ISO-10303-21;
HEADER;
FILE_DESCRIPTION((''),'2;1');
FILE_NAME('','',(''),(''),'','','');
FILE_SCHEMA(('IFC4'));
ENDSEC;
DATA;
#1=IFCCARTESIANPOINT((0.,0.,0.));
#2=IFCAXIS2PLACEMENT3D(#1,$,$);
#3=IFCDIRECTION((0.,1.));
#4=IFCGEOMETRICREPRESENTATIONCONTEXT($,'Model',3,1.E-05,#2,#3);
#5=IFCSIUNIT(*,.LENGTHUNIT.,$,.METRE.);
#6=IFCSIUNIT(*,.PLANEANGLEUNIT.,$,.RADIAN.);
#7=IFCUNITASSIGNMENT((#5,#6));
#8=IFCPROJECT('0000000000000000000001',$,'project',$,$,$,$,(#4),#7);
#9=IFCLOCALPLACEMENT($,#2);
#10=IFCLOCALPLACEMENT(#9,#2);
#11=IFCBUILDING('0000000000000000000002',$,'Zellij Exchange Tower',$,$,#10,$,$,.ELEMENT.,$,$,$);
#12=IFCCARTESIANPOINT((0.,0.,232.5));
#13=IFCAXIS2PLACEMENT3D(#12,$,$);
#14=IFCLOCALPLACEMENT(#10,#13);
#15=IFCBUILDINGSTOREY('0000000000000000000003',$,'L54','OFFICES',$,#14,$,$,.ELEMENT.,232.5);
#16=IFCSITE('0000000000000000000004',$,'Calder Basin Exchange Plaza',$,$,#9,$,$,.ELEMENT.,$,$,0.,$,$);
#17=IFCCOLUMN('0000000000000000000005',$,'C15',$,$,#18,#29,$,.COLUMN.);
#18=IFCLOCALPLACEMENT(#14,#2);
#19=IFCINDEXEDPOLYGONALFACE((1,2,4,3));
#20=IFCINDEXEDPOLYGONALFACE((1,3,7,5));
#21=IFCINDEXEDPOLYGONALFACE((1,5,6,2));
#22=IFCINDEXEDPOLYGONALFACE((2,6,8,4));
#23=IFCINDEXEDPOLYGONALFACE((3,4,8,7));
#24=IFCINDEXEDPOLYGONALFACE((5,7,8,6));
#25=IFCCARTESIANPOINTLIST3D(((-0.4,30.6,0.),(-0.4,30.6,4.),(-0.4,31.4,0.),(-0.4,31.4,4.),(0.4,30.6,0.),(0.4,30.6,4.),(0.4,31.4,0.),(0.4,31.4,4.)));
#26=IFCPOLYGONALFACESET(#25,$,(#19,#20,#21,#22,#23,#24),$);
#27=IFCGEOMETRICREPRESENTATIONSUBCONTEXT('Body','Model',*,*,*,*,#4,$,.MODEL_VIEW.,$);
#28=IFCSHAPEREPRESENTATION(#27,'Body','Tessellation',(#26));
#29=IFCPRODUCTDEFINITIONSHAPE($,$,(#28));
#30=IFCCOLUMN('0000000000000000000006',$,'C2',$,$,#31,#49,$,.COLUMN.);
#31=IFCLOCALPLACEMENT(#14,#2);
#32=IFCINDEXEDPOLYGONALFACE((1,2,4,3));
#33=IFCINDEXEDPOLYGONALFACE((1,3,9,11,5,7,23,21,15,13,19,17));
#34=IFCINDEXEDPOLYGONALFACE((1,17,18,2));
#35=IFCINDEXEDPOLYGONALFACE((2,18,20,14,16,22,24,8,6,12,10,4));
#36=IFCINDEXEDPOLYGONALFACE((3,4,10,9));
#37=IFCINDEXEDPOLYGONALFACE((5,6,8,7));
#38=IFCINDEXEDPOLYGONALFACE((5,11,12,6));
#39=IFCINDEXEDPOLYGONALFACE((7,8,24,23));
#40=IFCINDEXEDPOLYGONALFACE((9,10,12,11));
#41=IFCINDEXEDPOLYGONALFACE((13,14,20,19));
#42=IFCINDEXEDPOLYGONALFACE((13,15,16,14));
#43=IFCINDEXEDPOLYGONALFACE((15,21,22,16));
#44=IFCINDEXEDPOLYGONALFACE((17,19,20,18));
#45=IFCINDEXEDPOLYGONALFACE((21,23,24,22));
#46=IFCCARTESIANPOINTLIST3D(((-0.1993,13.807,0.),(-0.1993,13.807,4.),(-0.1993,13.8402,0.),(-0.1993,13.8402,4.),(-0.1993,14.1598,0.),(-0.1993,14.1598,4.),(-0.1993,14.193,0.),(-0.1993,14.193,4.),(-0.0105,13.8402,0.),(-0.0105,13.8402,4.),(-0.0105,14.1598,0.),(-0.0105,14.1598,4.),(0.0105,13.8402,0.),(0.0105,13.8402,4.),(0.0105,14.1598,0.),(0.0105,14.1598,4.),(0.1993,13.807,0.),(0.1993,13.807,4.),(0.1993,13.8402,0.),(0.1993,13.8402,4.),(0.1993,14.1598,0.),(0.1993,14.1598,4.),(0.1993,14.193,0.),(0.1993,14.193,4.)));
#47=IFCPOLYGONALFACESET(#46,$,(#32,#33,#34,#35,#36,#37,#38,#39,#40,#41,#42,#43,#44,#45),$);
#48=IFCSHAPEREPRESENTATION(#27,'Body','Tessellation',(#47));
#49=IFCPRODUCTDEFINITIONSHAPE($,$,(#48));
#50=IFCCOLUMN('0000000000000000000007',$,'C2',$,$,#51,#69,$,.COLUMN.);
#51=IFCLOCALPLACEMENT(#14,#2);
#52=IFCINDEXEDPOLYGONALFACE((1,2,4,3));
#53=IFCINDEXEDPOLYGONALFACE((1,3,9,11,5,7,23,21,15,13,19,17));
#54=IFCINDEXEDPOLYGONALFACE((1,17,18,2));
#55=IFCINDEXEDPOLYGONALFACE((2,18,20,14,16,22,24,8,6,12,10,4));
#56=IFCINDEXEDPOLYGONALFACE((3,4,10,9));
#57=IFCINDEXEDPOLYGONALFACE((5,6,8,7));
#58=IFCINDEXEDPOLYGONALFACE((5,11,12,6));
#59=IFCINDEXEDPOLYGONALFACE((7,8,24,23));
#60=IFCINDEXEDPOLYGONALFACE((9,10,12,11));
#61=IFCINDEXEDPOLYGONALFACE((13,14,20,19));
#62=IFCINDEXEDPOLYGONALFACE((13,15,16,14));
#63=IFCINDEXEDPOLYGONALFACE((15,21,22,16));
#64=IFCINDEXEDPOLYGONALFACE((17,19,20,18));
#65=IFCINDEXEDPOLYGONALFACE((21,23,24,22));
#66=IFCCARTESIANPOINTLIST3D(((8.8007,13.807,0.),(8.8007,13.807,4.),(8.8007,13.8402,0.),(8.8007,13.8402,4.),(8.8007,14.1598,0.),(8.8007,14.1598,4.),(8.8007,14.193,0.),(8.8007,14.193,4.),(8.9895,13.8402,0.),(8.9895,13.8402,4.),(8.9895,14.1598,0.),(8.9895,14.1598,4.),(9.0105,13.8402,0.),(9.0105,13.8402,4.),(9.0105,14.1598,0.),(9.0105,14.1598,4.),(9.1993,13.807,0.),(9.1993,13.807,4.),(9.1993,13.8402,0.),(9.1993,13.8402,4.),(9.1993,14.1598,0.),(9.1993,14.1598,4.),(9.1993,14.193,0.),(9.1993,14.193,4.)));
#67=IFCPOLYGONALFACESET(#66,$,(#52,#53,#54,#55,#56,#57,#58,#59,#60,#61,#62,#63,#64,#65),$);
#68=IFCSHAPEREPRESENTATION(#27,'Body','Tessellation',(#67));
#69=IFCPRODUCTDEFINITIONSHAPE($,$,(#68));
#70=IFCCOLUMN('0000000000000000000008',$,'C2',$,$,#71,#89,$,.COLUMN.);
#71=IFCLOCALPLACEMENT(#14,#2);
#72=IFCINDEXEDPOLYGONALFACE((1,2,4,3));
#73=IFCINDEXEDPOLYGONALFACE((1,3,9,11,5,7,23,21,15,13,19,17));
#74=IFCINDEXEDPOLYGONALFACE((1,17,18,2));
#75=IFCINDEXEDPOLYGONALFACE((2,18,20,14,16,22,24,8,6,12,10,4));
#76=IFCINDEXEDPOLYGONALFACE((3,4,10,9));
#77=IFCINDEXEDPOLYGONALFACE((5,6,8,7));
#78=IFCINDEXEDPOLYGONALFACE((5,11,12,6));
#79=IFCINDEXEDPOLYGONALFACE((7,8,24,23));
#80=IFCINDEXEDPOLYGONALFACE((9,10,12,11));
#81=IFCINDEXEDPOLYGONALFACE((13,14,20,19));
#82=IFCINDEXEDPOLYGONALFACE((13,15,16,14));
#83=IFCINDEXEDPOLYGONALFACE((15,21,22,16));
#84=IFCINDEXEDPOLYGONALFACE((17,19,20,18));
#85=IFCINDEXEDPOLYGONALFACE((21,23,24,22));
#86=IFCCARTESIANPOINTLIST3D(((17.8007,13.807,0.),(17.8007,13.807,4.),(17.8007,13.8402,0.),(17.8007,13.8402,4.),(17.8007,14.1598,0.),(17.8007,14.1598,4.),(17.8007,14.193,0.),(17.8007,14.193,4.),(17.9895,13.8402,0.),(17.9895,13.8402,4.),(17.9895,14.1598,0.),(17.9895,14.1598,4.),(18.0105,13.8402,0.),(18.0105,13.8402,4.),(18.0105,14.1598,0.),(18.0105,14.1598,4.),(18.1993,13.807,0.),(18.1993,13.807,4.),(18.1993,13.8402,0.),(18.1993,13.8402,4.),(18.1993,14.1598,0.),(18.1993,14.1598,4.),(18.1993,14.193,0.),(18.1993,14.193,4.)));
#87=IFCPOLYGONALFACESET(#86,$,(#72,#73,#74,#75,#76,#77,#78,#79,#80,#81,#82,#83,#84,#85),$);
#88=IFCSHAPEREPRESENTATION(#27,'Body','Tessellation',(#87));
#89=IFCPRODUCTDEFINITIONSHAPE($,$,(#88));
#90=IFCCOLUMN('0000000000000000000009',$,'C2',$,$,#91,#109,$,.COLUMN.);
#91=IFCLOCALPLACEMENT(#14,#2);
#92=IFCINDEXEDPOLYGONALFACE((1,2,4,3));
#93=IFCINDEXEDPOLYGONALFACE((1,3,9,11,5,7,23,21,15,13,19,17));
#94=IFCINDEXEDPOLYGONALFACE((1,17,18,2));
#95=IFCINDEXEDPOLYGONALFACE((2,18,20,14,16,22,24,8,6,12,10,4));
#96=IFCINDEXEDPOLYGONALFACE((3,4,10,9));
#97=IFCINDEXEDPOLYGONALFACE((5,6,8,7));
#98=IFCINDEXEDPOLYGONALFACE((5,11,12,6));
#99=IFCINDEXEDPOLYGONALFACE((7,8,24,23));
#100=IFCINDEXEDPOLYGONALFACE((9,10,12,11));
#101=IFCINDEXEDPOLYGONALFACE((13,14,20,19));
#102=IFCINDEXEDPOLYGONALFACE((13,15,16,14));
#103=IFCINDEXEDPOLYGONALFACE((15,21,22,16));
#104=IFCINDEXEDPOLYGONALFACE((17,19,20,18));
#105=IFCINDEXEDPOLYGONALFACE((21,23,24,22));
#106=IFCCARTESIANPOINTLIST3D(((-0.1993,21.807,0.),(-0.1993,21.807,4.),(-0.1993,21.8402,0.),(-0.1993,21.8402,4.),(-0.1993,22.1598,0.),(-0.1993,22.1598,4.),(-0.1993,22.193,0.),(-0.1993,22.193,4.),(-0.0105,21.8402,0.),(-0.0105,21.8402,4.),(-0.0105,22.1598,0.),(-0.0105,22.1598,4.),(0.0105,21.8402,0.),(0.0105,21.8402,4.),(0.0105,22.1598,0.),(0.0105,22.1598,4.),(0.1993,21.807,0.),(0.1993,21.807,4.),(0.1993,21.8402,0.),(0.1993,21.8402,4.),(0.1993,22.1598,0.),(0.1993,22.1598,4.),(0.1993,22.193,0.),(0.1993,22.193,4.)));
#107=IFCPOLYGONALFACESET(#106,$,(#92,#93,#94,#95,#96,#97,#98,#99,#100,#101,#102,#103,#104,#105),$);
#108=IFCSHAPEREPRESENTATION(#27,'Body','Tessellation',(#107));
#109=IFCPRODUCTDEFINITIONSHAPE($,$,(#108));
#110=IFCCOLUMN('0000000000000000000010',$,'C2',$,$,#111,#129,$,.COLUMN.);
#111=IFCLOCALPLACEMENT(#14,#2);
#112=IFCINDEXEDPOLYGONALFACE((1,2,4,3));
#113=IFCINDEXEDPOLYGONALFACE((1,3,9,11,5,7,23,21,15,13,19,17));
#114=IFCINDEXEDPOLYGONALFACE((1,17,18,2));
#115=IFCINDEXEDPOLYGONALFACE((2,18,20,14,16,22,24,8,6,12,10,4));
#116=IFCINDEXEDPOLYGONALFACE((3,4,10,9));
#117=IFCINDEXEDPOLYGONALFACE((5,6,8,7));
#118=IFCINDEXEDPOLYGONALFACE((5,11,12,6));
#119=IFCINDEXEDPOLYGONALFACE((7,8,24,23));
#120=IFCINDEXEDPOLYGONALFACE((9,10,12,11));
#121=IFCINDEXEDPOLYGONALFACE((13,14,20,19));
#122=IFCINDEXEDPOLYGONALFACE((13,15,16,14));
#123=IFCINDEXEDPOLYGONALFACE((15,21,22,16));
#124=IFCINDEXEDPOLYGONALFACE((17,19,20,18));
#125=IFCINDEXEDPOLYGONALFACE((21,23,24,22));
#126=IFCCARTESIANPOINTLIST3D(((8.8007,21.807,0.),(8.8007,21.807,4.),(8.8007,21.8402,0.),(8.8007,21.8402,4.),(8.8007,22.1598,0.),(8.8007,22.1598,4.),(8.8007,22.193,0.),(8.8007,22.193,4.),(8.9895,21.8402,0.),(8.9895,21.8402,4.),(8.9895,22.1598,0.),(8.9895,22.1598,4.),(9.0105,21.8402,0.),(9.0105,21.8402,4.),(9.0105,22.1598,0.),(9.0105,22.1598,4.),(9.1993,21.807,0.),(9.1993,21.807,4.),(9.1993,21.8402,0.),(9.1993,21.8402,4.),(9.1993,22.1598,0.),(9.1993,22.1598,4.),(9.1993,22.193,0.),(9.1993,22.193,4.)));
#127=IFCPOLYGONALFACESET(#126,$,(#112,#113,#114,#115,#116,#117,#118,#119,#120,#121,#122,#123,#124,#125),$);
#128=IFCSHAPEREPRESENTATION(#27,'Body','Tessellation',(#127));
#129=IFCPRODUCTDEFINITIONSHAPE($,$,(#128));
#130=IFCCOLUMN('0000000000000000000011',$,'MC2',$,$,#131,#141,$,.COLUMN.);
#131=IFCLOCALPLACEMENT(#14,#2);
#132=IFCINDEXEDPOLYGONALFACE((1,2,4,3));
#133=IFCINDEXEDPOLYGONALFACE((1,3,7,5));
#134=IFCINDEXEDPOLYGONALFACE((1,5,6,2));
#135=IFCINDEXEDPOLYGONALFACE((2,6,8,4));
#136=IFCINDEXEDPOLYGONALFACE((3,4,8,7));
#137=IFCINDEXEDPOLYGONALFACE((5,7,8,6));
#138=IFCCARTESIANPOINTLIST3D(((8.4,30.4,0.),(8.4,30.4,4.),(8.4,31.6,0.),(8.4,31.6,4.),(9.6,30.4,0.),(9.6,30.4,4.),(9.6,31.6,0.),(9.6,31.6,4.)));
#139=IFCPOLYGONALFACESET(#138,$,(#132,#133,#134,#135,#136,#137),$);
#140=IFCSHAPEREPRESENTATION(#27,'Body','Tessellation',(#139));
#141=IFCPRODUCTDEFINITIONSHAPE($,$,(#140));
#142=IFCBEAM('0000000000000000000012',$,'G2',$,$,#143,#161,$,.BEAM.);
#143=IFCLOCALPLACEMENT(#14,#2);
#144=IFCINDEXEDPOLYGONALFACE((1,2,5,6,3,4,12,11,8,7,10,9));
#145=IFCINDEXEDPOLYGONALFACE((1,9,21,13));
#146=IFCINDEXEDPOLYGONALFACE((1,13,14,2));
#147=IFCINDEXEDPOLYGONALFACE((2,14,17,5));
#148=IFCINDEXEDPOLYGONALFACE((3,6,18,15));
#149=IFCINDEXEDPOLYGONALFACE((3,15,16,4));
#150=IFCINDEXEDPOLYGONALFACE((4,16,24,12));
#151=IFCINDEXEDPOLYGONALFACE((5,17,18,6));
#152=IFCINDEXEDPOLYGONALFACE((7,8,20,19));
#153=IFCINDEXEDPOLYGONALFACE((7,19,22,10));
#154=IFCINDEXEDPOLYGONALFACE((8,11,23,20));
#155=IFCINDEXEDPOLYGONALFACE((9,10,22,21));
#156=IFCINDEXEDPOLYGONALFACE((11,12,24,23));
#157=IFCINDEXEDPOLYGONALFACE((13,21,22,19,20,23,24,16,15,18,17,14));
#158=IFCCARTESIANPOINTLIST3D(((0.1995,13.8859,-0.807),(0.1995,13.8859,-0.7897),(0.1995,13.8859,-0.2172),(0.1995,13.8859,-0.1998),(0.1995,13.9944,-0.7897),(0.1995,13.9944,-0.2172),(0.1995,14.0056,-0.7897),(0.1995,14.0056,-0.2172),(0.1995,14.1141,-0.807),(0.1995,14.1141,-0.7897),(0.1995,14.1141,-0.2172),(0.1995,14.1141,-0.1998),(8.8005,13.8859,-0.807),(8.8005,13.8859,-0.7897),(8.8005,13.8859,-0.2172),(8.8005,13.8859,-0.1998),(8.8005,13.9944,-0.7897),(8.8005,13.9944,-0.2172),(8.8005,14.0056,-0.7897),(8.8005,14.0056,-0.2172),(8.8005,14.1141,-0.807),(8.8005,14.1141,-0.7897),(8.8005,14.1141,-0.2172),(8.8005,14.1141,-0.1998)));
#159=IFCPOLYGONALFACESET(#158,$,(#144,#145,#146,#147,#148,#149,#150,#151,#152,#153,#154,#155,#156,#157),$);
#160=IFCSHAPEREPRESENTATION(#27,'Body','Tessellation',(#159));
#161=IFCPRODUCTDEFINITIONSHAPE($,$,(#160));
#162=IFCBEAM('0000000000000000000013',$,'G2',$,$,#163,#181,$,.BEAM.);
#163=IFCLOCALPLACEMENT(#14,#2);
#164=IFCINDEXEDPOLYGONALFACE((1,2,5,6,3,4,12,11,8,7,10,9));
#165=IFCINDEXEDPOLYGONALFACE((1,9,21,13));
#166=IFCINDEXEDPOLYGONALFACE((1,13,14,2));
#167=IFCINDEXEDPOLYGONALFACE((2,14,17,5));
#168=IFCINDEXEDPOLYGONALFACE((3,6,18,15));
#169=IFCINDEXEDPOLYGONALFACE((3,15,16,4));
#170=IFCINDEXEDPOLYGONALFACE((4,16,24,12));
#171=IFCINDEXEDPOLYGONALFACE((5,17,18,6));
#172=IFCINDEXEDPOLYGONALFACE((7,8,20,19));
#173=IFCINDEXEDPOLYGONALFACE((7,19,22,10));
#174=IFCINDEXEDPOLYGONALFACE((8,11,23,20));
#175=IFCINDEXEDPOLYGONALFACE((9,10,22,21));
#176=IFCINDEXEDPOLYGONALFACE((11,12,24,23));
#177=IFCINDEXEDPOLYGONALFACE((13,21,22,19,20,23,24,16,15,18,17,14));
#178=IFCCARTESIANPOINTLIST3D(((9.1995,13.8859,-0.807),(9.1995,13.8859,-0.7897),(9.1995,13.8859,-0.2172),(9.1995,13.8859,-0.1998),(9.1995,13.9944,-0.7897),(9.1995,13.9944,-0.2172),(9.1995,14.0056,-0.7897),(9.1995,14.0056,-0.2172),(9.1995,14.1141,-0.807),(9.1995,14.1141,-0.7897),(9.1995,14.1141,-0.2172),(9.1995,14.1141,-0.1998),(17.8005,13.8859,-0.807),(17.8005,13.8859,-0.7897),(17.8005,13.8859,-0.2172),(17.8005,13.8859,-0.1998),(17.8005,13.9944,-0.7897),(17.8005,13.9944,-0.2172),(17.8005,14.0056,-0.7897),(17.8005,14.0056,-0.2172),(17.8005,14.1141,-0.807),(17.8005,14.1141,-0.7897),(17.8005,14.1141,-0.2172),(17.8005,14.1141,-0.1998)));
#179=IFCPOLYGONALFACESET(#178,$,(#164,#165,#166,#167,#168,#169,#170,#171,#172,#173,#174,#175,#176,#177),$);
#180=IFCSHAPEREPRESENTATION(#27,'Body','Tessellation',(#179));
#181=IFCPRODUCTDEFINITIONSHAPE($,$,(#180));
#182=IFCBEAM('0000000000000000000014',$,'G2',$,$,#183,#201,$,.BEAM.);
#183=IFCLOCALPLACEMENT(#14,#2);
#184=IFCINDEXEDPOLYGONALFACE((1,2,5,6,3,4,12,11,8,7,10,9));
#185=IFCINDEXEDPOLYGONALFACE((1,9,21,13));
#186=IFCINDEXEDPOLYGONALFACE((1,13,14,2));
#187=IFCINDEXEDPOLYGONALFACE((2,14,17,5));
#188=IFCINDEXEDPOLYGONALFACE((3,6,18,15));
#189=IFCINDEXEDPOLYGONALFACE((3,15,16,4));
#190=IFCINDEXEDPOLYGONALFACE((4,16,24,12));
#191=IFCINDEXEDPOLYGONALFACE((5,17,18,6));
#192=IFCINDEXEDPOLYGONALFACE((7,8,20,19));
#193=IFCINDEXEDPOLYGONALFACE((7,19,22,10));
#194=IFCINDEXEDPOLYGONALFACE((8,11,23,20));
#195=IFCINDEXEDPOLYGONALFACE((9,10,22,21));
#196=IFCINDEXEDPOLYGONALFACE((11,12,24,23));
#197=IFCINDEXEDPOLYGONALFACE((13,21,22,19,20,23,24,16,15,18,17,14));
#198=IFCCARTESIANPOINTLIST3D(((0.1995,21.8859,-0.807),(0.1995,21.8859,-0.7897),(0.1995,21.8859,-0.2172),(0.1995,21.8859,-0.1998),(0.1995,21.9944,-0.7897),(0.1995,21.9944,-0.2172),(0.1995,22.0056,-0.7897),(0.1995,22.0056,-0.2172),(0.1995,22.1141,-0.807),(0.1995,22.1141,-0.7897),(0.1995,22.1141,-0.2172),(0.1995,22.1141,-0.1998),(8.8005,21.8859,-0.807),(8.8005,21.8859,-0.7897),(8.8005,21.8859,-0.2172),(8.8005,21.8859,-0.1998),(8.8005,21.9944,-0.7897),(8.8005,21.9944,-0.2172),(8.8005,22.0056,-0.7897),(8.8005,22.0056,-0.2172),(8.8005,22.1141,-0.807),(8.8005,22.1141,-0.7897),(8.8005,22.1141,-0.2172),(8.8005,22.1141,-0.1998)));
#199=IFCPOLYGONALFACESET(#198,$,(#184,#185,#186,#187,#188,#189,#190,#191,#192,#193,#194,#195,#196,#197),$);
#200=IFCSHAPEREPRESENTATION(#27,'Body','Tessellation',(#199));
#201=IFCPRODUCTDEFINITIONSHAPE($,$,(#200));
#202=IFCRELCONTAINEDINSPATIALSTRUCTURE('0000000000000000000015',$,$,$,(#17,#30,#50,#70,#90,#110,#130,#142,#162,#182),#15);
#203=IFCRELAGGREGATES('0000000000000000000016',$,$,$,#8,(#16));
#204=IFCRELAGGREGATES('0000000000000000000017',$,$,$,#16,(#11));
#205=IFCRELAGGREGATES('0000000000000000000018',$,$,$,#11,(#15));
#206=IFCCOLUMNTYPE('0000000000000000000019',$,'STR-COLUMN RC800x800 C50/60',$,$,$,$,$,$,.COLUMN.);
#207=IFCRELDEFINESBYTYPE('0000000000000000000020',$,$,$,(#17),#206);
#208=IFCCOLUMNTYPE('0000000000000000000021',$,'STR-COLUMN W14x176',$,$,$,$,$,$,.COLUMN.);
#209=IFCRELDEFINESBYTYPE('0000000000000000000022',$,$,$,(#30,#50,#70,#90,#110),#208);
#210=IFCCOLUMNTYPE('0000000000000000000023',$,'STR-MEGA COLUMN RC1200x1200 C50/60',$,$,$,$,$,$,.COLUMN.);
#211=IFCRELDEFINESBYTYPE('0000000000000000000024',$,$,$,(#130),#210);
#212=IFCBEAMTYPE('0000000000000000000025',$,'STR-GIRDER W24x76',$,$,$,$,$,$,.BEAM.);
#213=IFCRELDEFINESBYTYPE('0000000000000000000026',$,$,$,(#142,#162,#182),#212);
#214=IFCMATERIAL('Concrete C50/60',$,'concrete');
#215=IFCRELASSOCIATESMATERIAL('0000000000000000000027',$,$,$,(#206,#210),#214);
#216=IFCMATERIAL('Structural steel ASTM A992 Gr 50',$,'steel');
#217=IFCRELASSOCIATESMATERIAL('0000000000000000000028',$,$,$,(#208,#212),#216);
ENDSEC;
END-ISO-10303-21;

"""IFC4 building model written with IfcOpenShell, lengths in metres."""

from ifc_helpers import new_model, si_unit, direction, frame, origin, origin_2d, place, context, subcontext, project, spatial, rectangle, i_section, extrude, material, material_profile, profile_set, type_object, element, save


model = new_model("IFC4")

# Units and contexts
model_context = context("Model", 3, precision=1e-05, world=origin(), true_north=direction((0.0, 1.0)))
body_context = subcontext(model_context, "Body", "Model", "MODEL_VIEW")
ifc_project = project(units=[si_unit("LENGTHUNIT", "METRE"), si_unit("PLANEANGLEUNIT", "RADIAN")], contexts=[model_context])

# Site, building, storey
site_placement = place(None, origin())
site = spatial("IfcSite", under=ifc_project, at=site_placement, Name="Calder Basin Exchange Plaza", CompositionType="ELEMENT", RefElevation=0.0)
building_placement = place(site_placement, origin())
building = spatial("IfcBuilding", under=site, at=building_placement, Name="Zellij Exchange Tower", CompositionType="ELEMENT")
storey_placement = place(building_placement, frame((0.0, 0.0, 232.5)))
storey = spatial("IfcBuildingStorey", under=building, at=storey_placement, Name="L54", Description="OFFICES", CompositionType="ELEMENT", Elevation=232.5)

# Columns
ifc_material_1 = material(Name="Concrete C50/60", Category="concrete")
ifc_material_profile_1 = material_profile(ifc_material_1, rectangle(XDim=0.8, YDim=0.8, at=origin_2d()), Name="STR-COLUMN RC800x800 C50/60")
ifc_profile_set_1 = profile_set([ifc_material_profile_1], Name="Concrete C50/60")
column_type_1 = type_object("IfcColumnType", Name="STR-COLUMN RC800x800 C50/60", PredefinedType="COLUMN", material=ifc_profile_set_1)
column_1_placement = place(storey_placement, frame((0.0, 31.0, 0.0), z_axis=(0.0, 0.0, 1.0), x_axis=(1.0, 0.0, 0.0)))
element("IfcColumn", 1, at=column_1_placement, inside=storey, type_object=column_type_1, Name="C15", PredefinedType="COLUMN", context=body_context, shape_type="SweptSolid", body=[
    extrude(rectangle(XDim=0.8, YDim=0.8, at=origin_2d()), origin(), (0.0, 0.0, 1.0), 4.0),
])
ifc_material_2 = material(Name="Structural steel ASTM A992 Gr 50", Category="steel")
ifc_material_profile_2 = material_profile(ifc_material_2, i_section(OverallWidth=0.3987, OverallDepth=0.386, WebThickness=0.021, FlangeThickness=0.0332, at=origin_2d()), Name="W14x176")
ifc_profile_set_2 = profile_set([ifc_material_profile_2], Name="Structural steel ASTM A992 Gr 50")
column_type_2 = type_object("IfcColumnType", Name="STR-COLUMN W14x176", PredefinedType="COLUMN", material=ifc_profile_set_2)
for number, where, z_axis, x_axis, name in (
    (2, (0.0, 14.0, 0.0), (0.0, 0.0, 1.0), (1.0, 0.0, 0.0), "C2"),
    (3, (9.0, 14.0, 0.0), (0.0, 0.0, 1.0), (1.0, 0.0, 0.0), "C2"),
    (4, (18.0, 14.0, 0.0), (0.0, 0.0, 1.0), (1.0, 0.0, 0.0), "C2"),
    (5, (0.0, 22.0, 0.0), (0.0, 0.0, 1.0), (1.0, 0.0, 0.0), "C2"),
    (6, (9.0, 22.0, 0.0), (0.0, 0.0, 1.0), (1.0, 0.0, 0.0), "C2"),
):
    element("IfcColumn", number, at=place(storey_placement, frame(where, z_axis=z_axis, x_axis=x_axis)), inside=storey, type_object=column_type_2, Name=name, PredefinedType="COLUMN", context=body_context, shape_type="SweptSolid", body=[
        extrude(i_section(OverallWidth=0.3987, OverallDepth=0.386, WebThickness=0.021, FlangeThickness=0.0332, at=origin_2d()), origin(), (0.0, 0.0, 1.0), 4.0),
    ])
ifc_material_profile_3 = material_profile(ifc_material_1, rectangle(XDim=1.2, YDim=1.2, at=origin_2d()), Name="STR-MEGA COLUMN RC1200x1200 C50/60")
ifc_profile_set_3 = profile_set([ifc_material_profile_3], Name="Concrete C50/60")
column_type_3 = type_object("IfcColumnType", Name="STR-MEGA COLUMN RC1200x1200 C50/60", PredefinedType="COLUMN", material=ifc_profile_set_3)
column_2_placement = place(storey_placement, frame((9.0, 31.0, 0.0), z_axis=(0.0, 0.0, 1.0), x_axis=(1.0, 0.0, 0.0)))
element("IfcColumn", 7, at=column_2_placement, inside=storey, type_object=column_type_3, Name="MC2", PredefinedType="COLUMN", context=body_context, shape_type="SweptSolid", body=[
    extrude(rectangle(XDim=1.2, YDim=1.2, at=origin_2d()), origin(), (0.0, 0.0, 1.0), 4.0),
])

# Beams
ifc_material_profile_4 = material_profile(ifc_material_2, i_section(OverallWidth=0.2283, OverallDepth=0.6072, WebThickness=0.0112, FlangeThickness=0.0173, at=origin_2d()), Name="W24x76")
ifc_profile_set_4 = profile_set([ifc_material_profile_4], Name="Structural steel ASTM A992 Gr 50")
beam_type = type_object("IfcBeamType", Name="STR-GIRDER W24x76", PredefinedType="BEAM", material=ifc_profile_set_4)
for number, where, z_axis, x_axis, name in (
    (8, (0.1995, 14.0, -0.5034), (1.0, 0.0, 0.0), (0.0, 1.0, 0.0), "G2"),
    (9, (9.1995, 14.0, -0.5034), (1.0, 0.0, 0.0), (0.0, 1.0, 0.0), "G2"),
    (10, (0.1995, 22.0, -0.5034), (1.0, 0.0, 0.0), (0.0, 1.0, 0.0), "G2"),
):
    element("IfcBeam", number, at=place(storey_placement, frame(where, z_axis=z_axis, x_axis=x_axis)), inside=storey, type_object=beam_type, Name=name, PredefinedType="BEAM", context=body_context, shape_type="SweptSolid", body=[
        extrude(i_section(OverallWidth=0.2283, OverallDepth=0.6072, WebThickness=0.0112, FlangeThickness=0.0173, at=origin_2d()), origin(), (0.0, 0.0, 1.0), 8.6011),
    ])

save(model, "model.ifc")
